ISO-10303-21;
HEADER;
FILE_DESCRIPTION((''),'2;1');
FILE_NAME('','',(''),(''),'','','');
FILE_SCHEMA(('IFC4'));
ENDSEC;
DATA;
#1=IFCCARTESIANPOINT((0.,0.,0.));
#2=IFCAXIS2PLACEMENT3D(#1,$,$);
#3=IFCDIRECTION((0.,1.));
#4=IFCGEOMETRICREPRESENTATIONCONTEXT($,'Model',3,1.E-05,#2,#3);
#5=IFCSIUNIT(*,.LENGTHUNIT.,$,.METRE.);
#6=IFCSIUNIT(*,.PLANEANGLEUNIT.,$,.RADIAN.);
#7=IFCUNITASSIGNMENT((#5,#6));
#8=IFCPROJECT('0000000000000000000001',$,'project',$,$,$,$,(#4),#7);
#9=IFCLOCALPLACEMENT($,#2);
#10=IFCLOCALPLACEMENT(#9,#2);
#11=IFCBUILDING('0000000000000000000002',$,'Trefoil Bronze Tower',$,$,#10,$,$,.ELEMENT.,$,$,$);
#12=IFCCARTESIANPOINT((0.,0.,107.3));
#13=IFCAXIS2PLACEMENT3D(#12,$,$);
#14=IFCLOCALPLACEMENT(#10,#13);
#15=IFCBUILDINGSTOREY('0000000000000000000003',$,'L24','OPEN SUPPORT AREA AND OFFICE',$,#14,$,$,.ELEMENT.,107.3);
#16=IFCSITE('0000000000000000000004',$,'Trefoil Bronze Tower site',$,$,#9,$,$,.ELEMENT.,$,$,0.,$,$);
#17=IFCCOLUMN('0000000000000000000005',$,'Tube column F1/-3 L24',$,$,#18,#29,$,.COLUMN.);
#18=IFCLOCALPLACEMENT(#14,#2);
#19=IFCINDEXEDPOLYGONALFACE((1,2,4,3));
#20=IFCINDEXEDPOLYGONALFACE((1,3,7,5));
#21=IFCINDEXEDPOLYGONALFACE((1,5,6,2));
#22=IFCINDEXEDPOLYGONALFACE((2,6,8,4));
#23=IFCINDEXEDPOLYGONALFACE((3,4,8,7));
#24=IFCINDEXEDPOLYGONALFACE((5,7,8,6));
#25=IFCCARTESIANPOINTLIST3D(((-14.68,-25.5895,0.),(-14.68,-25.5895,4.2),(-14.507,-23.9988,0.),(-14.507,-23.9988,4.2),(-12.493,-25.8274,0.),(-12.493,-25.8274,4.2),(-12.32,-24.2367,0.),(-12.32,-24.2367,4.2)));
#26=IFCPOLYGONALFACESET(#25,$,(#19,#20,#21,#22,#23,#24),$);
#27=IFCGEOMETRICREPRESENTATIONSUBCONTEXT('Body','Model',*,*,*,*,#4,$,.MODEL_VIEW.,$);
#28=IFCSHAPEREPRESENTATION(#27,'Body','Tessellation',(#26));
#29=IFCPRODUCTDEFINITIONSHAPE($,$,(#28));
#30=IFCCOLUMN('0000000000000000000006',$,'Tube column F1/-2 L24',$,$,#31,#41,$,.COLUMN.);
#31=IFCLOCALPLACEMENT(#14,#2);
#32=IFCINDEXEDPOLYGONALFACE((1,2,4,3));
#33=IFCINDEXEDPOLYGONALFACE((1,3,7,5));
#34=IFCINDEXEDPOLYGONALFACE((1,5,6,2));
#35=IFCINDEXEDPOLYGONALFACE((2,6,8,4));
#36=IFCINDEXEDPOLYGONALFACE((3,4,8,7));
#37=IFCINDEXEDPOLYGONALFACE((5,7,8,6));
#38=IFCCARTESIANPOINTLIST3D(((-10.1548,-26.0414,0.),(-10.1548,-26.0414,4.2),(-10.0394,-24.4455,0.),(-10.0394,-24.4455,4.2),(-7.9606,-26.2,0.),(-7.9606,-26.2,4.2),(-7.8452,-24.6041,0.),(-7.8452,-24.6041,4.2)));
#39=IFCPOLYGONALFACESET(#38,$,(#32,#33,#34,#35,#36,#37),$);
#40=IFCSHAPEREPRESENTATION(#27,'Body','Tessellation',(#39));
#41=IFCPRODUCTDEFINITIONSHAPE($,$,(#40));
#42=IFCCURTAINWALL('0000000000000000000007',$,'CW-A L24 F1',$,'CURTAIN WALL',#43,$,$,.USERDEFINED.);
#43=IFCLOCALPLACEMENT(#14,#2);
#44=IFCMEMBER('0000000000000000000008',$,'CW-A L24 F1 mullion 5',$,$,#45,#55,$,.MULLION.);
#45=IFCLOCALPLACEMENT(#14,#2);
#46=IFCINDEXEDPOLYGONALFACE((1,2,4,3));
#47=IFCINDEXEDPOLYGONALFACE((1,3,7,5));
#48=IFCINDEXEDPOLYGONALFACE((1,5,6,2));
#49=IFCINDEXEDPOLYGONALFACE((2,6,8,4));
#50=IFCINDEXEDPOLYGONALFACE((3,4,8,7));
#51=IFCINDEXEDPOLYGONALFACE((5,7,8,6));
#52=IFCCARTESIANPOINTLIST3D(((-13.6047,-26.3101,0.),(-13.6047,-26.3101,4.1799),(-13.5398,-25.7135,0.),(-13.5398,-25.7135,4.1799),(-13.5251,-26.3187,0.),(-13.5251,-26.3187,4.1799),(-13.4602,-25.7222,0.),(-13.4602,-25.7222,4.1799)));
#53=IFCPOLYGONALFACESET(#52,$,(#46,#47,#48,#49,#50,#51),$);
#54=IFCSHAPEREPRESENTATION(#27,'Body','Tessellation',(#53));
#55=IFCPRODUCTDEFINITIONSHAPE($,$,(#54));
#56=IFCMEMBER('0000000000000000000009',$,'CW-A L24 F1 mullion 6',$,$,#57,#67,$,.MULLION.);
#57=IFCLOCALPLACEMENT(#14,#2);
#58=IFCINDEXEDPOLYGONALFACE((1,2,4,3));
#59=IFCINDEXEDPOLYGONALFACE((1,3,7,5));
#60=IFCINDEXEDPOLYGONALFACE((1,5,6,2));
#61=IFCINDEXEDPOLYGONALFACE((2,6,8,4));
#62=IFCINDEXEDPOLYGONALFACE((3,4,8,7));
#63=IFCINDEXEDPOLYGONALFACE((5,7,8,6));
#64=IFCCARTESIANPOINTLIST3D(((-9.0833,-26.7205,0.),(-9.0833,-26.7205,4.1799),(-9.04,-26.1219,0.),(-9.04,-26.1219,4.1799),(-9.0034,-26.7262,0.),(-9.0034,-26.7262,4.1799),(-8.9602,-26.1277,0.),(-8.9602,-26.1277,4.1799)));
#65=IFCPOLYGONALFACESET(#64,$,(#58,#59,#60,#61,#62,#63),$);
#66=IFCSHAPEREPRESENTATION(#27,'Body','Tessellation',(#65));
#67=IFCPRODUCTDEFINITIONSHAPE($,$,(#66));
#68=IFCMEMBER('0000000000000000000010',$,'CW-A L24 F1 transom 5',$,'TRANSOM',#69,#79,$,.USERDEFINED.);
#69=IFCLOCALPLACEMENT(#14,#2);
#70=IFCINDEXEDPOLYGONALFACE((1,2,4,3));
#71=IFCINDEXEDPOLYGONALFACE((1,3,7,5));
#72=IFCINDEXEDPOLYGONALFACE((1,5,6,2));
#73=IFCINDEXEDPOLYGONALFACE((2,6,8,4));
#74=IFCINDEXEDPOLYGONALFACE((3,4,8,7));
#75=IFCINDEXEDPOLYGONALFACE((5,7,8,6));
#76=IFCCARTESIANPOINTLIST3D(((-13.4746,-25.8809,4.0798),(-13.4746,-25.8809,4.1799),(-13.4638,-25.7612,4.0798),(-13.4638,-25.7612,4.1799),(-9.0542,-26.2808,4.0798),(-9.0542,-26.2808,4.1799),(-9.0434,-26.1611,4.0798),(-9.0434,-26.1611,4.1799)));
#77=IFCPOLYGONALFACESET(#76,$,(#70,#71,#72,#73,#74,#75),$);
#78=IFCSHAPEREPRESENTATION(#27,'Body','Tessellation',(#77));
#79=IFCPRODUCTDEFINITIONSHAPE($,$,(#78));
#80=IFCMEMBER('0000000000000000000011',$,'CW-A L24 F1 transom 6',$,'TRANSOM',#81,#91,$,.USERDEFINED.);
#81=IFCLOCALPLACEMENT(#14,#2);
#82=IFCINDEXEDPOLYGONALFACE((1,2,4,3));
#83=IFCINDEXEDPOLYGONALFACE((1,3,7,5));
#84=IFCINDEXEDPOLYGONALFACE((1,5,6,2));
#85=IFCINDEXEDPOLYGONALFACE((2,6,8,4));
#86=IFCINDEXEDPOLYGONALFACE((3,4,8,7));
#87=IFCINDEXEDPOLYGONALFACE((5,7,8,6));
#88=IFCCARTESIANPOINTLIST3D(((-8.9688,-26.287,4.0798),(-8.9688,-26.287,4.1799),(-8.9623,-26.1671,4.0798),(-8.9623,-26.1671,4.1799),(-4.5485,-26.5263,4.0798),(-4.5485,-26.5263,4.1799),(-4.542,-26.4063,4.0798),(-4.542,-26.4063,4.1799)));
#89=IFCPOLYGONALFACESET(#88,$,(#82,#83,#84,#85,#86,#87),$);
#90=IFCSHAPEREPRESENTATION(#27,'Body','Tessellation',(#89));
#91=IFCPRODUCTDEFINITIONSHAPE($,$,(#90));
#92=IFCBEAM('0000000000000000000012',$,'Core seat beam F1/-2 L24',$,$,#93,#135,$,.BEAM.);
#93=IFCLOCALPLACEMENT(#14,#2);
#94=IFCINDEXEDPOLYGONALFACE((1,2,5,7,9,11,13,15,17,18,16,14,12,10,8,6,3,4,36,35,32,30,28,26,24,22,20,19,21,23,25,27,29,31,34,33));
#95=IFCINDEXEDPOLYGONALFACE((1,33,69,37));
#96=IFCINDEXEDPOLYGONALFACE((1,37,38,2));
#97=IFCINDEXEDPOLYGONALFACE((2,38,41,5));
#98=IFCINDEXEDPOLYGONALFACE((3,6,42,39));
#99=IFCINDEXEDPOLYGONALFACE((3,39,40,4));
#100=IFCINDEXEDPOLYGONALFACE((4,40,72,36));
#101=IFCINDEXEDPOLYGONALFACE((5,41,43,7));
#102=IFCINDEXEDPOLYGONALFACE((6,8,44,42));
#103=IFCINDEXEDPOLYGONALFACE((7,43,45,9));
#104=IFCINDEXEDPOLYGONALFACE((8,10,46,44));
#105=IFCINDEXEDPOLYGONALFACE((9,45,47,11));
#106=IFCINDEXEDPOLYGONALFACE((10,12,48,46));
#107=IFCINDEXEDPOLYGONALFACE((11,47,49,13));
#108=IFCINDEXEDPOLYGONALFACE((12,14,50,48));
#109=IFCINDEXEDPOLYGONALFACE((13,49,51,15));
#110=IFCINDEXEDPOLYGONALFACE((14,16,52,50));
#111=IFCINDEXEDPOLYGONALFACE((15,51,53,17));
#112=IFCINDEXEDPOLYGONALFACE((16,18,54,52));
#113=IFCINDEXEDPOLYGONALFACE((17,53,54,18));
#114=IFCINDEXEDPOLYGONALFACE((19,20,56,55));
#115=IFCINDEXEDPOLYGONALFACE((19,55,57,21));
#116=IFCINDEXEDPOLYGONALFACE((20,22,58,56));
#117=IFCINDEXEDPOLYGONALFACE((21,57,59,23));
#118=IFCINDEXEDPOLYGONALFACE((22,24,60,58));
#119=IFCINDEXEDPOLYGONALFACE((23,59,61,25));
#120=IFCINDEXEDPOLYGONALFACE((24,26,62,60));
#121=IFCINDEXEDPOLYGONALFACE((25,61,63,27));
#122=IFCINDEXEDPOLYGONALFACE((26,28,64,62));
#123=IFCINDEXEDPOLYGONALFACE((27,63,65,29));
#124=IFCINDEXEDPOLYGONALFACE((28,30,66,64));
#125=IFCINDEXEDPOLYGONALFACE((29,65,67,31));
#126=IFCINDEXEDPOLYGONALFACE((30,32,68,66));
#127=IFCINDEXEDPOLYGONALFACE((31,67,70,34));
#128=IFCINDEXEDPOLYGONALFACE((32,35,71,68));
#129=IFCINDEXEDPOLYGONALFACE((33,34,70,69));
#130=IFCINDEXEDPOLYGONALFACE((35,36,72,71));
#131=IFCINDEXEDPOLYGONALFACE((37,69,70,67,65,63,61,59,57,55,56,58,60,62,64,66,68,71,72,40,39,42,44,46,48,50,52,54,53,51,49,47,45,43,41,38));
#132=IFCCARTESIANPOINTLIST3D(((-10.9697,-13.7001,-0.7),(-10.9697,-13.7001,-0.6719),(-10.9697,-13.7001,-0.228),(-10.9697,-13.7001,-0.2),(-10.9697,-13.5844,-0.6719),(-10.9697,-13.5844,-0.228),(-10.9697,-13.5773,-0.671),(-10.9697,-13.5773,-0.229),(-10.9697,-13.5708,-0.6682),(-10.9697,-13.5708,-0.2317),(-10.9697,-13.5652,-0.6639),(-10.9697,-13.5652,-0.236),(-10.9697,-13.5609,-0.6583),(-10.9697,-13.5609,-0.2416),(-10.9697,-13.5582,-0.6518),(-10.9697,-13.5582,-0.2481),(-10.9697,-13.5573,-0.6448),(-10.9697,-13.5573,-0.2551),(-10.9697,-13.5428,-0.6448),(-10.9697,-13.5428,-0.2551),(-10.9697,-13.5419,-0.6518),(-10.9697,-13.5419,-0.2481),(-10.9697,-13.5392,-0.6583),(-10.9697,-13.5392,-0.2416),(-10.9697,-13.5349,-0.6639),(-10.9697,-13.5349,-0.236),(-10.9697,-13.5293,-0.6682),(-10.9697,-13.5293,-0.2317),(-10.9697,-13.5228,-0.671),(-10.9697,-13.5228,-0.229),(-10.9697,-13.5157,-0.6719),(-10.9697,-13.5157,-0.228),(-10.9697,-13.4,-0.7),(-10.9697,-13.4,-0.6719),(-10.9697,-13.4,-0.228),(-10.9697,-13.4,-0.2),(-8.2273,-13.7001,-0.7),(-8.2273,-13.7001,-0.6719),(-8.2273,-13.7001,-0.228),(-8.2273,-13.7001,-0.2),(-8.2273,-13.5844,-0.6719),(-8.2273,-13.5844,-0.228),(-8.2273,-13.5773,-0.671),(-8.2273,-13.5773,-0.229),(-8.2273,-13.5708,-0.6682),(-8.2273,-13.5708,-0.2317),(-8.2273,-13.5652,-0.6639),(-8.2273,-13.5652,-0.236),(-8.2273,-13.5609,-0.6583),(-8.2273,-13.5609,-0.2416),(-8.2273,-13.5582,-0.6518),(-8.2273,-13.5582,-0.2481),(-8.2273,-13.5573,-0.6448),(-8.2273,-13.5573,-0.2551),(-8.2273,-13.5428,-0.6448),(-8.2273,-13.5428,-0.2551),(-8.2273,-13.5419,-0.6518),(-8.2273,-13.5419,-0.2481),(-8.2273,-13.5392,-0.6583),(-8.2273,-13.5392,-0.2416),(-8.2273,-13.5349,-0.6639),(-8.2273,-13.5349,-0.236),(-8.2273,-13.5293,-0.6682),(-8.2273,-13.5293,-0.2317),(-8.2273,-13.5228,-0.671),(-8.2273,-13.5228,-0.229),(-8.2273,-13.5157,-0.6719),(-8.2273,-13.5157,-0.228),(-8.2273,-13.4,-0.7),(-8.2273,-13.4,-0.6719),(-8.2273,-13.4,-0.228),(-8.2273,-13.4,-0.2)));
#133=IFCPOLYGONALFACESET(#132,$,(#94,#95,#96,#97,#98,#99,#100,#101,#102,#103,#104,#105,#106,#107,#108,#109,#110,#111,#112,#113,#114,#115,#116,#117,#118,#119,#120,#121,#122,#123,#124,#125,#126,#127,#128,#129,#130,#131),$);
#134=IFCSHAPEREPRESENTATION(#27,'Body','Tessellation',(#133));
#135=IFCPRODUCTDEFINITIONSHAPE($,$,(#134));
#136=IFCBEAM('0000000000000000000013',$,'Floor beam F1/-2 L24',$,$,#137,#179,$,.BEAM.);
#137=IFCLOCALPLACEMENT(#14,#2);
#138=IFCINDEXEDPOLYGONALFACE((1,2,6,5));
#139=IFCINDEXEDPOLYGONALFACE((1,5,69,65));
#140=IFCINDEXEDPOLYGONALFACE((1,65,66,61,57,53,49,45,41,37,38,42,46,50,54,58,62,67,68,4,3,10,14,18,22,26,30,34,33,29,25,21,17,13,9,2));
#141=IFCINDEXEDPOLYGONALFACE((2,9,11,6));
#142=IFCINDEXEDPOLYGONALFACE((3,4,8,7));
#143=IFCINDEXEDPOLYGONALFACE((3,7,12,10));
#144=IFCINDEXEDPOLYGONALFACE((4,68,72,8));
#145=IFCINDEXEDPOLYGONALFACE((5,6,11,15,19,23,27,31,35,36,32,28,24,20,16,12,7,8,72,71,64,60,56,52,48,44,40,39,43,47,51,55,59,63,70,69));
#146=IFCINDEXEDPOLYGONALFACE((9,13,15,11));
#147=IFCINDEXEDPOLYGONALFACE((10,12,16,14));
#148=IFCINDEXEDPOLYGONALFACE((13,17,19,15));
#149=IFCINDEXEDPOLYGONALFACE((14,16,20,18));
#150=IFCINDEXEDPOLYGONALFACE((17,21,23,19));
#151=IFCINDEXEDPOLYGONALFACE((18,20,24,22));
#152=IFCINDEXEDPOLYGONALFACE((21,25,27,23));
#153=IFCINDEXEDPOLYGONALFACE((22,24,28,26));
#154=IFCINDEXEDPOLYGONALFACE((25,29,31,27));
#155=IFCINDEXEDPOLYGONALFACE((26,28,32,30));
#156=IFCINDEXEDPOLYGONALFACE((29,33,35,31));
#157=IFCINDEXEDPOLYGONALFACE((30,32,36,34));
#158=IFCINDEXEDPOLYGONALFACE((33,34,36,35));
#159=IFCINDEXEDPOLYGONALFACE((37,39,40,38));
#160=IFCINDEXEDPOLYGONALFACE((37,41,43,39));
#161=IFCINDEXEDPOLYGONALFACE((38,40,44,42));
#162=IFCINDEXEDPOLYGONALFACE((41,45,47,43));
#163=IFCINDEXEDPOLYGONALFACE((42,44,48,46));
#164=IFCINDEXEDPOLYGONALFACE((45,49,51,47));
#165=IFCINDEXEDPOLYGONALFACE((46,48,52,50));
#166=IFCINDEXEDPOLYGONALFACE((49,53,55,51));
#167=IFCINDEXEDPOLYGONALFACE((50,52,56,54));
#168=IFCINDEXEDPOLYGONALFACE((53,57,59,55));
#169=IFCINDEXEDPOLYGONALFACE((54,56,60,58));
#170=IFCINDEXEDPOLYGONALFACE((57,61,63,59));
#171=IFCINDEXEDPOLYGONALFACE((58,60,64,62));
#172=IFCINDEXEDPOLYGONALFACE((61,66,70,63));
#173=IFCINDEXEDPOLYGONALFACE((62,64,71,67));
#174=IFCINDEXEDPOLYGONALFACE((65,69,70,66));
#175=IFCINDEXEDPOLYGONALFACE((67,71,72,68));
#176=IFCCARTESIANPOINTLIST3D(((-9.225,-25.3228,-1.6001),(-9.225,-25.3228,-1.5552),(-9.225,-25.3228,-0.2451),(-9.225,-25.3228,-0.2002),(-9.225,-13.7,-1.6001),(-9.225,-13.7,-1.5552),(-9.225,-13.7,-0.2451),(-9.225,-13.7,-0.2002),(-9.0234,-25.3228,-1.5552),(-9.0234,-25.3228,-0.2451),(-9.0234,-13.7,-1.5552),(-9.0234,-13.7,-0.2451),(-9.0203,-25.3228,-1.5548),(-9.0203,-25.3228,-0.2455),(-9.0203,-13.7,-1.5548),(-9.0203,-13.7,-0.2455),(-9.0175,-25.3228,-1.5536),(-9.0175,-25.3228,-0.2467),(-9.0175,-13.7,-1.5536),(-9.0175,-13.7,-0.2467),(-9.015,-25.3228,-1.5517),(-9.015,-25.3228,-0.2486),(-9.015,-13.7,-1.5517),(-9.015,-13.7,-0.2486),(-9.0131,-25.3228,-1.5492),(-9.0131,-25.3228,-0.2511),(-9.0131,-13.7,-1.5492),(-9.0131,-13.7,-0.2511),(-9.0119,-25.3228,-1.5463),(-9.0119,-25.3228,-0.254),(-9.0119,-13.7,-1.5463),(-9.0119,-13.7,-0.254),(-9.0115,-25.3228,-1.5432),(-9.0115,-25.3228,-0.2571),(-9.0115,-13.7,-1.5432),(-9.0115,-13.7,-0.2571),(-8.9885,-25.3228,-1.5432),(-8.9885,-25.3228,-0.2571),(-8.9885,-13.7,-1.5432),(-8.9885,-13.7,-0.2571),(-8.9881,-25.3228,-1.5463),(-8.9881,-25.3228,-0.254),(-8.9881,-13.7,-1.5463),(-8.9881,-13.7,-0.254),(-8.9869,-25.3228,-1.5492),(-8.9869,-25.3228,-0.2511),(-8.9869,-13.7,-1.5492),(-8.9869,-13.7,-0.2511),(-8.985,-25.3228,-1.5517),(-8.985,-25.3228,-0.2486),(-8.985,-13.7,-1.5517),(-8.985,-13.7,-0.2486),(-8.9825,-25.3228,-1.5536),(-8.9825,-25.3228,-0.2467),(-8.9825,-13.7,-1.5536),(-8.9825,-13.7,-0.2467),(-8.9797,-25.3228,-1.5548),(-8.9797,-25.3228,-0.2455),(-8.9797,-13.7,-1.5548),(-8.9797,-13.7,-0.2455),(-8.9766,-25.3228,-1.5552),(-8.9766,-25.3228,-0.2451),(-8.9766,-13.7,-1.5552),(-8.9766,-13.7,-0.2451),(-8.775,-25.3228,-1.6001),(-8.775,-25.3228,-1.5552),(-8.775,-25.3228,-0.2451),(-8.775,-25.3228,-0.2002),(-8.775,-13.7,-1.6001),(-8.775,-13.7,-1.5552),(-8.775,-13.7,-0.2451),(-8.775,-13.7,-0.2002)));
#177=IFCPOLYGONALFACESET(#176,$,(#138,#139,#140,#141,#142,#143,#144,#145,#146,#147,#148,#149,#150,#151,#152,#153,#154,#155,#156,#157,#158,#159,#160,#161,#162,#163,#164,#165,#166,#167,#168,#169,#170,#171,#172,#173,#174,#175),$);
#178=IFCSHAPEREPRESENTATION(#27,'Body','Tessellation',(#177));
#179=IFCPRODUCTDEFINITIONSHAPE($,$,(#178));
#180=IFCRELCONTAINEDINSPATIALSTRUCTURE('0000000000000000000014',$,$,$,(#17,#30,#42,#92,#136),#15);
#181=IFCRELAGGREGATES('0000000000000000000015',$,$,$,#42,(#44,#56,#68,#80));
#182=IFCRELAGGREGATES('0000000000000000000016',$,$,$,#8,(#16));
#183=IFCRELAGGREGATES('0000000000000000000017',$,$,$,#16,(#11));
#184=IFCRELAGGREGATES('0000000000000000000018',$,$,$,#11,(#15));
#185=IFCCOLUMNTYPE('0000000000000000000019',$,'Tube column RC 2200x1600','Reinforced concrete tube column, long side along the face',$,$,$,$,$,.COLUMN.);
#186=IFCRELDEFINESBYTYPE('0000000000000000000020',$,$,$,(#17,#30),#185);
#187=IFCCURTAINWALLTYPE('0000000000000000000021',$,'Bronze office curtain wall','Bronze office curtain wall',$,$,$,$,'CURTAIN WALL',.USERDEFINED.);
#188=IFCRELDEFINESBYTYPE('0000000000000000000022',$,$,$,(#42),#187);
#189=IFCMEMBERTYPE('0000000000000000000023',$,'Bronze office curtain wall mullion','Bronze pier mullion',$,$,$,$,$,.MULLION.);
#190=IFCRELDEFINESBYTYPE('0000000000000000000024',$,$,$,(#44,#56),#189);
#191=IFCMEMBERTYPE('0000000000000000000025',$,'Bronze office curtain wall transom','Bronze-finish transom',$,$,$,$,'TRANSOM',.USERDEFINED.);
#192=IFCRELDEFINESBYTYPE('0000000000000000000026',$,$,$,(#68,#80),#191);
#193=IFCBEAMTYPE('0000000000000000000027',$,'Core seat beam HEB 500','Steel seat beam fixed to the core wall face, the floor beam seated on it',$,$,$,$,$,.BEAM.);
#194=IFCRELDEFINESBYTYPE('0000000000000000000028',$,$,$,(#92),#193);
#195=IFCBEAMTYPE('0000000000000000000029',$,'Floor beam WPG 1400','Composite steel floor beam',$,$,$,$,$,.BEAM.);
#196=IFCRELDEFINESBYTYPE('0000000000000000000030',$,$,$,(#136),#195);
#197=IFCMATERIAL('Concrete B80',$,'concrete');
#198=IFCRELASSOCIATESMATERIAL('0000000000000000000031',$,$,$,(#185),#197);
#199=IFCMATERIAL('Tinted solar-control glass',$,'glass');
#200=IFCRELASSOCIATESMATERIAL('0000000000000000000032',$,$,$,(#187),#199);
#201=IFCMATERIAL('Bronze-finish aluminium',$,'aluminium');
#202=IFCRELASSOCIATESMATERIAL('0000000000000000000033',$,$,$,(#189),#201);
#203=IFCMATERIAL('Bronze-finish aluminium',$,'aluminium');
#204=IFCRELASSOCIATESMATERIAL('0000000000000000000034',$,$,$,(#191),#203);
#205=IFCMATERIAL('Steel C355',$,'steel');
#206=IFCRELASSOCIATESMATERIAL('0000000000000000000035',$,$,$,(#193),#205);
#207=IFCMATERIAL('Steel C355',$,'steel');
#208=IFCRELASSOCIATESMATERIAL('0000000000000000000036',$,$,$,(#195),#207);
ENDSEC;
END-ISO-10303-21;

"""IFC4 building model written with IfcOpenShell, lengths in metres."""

from ifc_helpers import new_model, si_unit, direction, frame, origin, origin_2d, place, context, subcontext, project, spatial, rectangle, i_section, extrude, material, material_profile, profile_set, type_object, element, aggregate, save


model = new_model("IFC4")

# Units and contexts
model_context = context("Model", 3, precision=1e-05, world=origin(), true_north=direction((0.0, 1.0)))
body_context = subcontext(model_context, "Body", "Model", "MODEL_VIEW")
ifc_project = project(units=[si_unit("LENGTHUNIT", "METRE"), si_unit("PLANEANGLEUNIT", "RADIAN")], contexts=[model_context])

# Site, building, storey
site_placement = place(None, origin())
site = spatial("IfcSite", under=ifc_project, at=site_placement, Name="Trefoil Bronze Tower site", CompositionType="ELEMENT", RefElevation=0.0)
building_placement = place(site_placement, origin())
building = spatial("IfcBuilding", under=site, at=building_placement, Name="Trefoil Bronze Tower", CompositionType="ELEMENT")
storey_placement = place(building_placement, frame((0.0, 0.0, 107.3)))
storey = spatial("IfcBuildingStorey", under=building, at=storey_placement, Name="L24", Description="OPEN SUPPORT AREA AND OFFICE", CompositionType="ELEMENT", Elevation=107.3)

# Columns
ifc_material_1 = material(Name="Concrete B80", Category="concrete")
ifc_material_profile_1 = material_profile(ifc_material_1, rectangle(XDim=2.2, YDim=1.6001, at=origin_2d()), Name="RC 2200x1600")
ifc_profile_set_1 = profile_set([ifc_material_profile_1], Name="Concrete B80")
column_type = type_object("IfcColumnType", Name="Tube column RC 2200x1600", Description="Reinforced concrete tube column, long side along the face", PredefinedType="COLUMN", material=ifc_profile_set_1)
for number, where, z_axis, x_axis, name in (
    (1, (-13.5, -24.9131, 0.0), (0.0, 0.0, 1.0), (0.994135, -0.108144, 0.0), "Tube column F1/-3 L24"),
    (2, (-9.0, -25.3228, 0.0), (0.0, 0.0, 1.0), (0.997398, -0.072096, 0.0), "Tube column F1/-2 L24"),
):
    element("IfcColumn", number, at=place(storey_placement, frame(where, z_axis=z_axis, x_axis=x_axis)), inside=storey, type_object=column_type, Name=name, PredefinedType="COLUMN", context=body_context, shape_type="SweptSolid", body=[
        extrude(rectangle(XDim=2.2, YDim=1.6001, at=origin_2d()), origin(), (0.0, 0.0, 1.0), 4.2),
    ])

# Curtain wall, members
ifc_material_2 = material(Name="Tinted solar-control glass", Category="glass")
curtain_wall_type = type_object("IfcCurtainWallType", Name="Bronze office curtain wall", Description="Bronze office curtain wall", ElementType="CURTAIN WALL", PredefinedType="USERDEFINED", material=ifc_material_2)
curtain_wall_placement = place(storey_placement, origin())
curtain_wall = element("IfcCurtainWall", 3, at=curtain_wall_placement, inside=storey, type_object=curtain_wall_type, Name="CW-A L24 F1", ObjectType="CURTAIN WALL", PredefinedType="USERDEFINED")
ifc_material_3 = material(Name="Bronze-finish aluminium", Category="aluminium")
ifc_material_profile_2 = material_profile(ifc_material_3, rectangle(XDim=0.6001, YDim=0.0801, at=origin_2d()), Name="CW-A mullion")
ifc_profile_set_2 = profile_set([ifc_material_profile_2], Name="Bronze-finish aluminium")
member_type_1 = type_object("IfcMemberType", Name="Bronze office curtain wall mullion", Description="Bronze pier mullion", PredefinedType="MULLION", material=ifc_profile_set_2)
member_1_placement = place(storey_placement, frame((-13.5325, -26.0161, 0.0), z_axis=(0.0, 0.0, 1.0), x_axis=(0.108144, 0.994135, 0.0)))
member_1 = element("IfcMember", 4, at=member_1_placement, type_object=member_type_1, Name="CW-A L24 F1 mullion 5", PredefinedType="MULLION", context=body_context, shape_type="SweptSolid", body=[
    extrude(rectangle(XDim=0.6001, YDim=0.0801, at=origin_2d()), origin(), (0.0, 0.0, 1.0), 4.1799),
])
member_2_placement = place(storey_placement, frame((-9.0217, -26.4241, 0.0), z_axis=(0.0, 0.0, 1.0), x_axis=(0.072096, 0.997398, 0.0)))
member_2 = element("IfcMember", 5, at=member_2_placement, type_object=member_type_1, Name="CW-A L24 F1 mullion 6", PredefinedType="MULLION", context=body_context, shape_type="SweptSolid", body=[
    extrude(rectangle(XDim=0.6001, YDim=0.0801, at=origin_2d()), origin(), (0.0, 0.0, 1.0), 4.1799),
])
ifc_material_4 = material(Name="Bronze-finish aluminium", Category="aluminium")
ifc_material_profile_3 = material_profile(ifc_material_4, rectangle(XDim=0.1201, YDim=0.1001, at=origin_2d()), Name="CW-A transom")
ifc_profile_set_3 = profile_set([ifc_material_profile_3], Name="Bronze-finish aluminium")
member_type_2 = type_object("IfcMemberType", Name="Bronze office curtain wall transom", Description="Bronze-finish transom", ElementType="TRANSOM", PredefinedType="USERDEFINED", material=ifc_profile_set_3)
member_3_placement = place(storey_placement, frame((-13.4692, -25.821, 4.1299), z_axis=(0.995933, -0.090099, 0.0), x_axis=(0.090099, 0.995933, 0.0)))
member_3 = element("IfcMember", 6, at=member_3_placement, type_object=member_type_2, Name="CW-A L24 F1 transom 5", ObjectType="TRANSOM", PredefinedType="USERDEFINED", context=body_context, shape_type="SweptSolid", body=[
    extrude(rectangle(XDim=0.1201, YDim=0.1001, at=origin_2d()), origin(), (0.0, 0.0, 1.0), 4.4385),
])
member_4_placement = place(storey_placement, frame((-8.9656, -26.2271, 4.1299), z_axis=(0.998538, -0.05405, 0.0), x_axis=(0.05405, 0.998538, 0.0)))
member_4 = element("IfcMember", 7, at=member_4_placement, type_object=member_type_2, Name="CW-A L24 F1 transom 6", ObjectType="TRANSOM", PredefinedType="USERDEFINED", context=body_context, shape_type="SweptSolid", body=[
    extrude(rectangle(XDim=0.1201, YDim=0.1001, at=origin_2d()), origin(), (0.0, 0.0, 1.0), 4.4268),
])

# Beams
ifc_material_5 = material(Name="Steel C355", Category="steel")
ifc_material_profile_4 = material_profile(ifc_material_5, i_section(OverallWidth=0.3, OverallDepth=0.5, WebThickness=0.0144, FlangeThickness=0.0281, FilletRadius=0.0271, at=origin_2d()), Name="HEB 500")
ifc_profile_set_4 = profile_set([ifc_material_profile_4], Name="Steel C355")
beam_type_1 = type_object("IfcBeamType", Name="Core seat beam HEB 500", Description="Steel seat beam fixed to the core wall face, the floor beam seated on it", PredefinedType="BEAM", material=ifc_profile_set_4)
beam_1_placement = place(storey_placement, frame((-10.9697, -13.55, -0.45), z_axis=(1.0, 0.0, 0.0), x_axis=(0.0, 1.0, 0.0)))
element("IfcBeam", 8, at=beam_1_placement, inside=storey, type_object=beam_type_1, Name="Core seat beam F1/-2 L24", PredefinedType="BEAM", context=body_context, shape_type="SweptSolid", body=[
    extrude(i_section(OverallWidth=0.3, OverallDepth=0.5, WebThickness=0.0144, FlangeThickness=0.0281, FilletRadius=0.0271, at=origin_2d()), origin(), (0.0, 0.0, 1.0), 2.7424),
])
ifc_material_6 = material(Name="Steel C355", Category="steel")
ifc_material_profile_5 = material_profile(ifc_material_6, i_section(OverallWidth=0.45, OverallDepth=1.3999, WebThickness=0.0229, FlangeThickness=0.0449, FilletRadius=0.012, at=origin_2d()), Name="WPG 1400")
ifc_profile_set_5 = profile_set([ifc_material_profile_5], Name="Steel C355")
beam_type_2 = type_object("IfcBeamType", Name="Floor beam WPG 1400", Description="Composite steel floor beam", PredefinedType="BEAM", material=ifc_profile_set_5)
beam_2_placement = place(storey_placement, frame((-9.0, -25.3228, -0.9001), z_axis=(0.0, 1.0, 0.0), x_axis=(-1.0, 0.0, 0.0)))
element("IfcBeam", 9, at=beam_2_placement, inside=storey, type_object=beam_type_2, Name="Floor beam F1/-2 L24", PredefinedType="BEAM", context=body_context, shape_type="SweptSolid", body=[
    extrude(i_section(OverallWidth=0.45, OverallDepth=1.3999, WebThickness=0.0229, FlangeThickness=0.0449, FilletRadius=0.012, at=origin_2d()), origin(), (0.0, 0.0, 1.0), 11.6228),
])

aggregate(curtain_wall, [member_1, member_2, member_3, member_4])

save(model, "model.ifc")
